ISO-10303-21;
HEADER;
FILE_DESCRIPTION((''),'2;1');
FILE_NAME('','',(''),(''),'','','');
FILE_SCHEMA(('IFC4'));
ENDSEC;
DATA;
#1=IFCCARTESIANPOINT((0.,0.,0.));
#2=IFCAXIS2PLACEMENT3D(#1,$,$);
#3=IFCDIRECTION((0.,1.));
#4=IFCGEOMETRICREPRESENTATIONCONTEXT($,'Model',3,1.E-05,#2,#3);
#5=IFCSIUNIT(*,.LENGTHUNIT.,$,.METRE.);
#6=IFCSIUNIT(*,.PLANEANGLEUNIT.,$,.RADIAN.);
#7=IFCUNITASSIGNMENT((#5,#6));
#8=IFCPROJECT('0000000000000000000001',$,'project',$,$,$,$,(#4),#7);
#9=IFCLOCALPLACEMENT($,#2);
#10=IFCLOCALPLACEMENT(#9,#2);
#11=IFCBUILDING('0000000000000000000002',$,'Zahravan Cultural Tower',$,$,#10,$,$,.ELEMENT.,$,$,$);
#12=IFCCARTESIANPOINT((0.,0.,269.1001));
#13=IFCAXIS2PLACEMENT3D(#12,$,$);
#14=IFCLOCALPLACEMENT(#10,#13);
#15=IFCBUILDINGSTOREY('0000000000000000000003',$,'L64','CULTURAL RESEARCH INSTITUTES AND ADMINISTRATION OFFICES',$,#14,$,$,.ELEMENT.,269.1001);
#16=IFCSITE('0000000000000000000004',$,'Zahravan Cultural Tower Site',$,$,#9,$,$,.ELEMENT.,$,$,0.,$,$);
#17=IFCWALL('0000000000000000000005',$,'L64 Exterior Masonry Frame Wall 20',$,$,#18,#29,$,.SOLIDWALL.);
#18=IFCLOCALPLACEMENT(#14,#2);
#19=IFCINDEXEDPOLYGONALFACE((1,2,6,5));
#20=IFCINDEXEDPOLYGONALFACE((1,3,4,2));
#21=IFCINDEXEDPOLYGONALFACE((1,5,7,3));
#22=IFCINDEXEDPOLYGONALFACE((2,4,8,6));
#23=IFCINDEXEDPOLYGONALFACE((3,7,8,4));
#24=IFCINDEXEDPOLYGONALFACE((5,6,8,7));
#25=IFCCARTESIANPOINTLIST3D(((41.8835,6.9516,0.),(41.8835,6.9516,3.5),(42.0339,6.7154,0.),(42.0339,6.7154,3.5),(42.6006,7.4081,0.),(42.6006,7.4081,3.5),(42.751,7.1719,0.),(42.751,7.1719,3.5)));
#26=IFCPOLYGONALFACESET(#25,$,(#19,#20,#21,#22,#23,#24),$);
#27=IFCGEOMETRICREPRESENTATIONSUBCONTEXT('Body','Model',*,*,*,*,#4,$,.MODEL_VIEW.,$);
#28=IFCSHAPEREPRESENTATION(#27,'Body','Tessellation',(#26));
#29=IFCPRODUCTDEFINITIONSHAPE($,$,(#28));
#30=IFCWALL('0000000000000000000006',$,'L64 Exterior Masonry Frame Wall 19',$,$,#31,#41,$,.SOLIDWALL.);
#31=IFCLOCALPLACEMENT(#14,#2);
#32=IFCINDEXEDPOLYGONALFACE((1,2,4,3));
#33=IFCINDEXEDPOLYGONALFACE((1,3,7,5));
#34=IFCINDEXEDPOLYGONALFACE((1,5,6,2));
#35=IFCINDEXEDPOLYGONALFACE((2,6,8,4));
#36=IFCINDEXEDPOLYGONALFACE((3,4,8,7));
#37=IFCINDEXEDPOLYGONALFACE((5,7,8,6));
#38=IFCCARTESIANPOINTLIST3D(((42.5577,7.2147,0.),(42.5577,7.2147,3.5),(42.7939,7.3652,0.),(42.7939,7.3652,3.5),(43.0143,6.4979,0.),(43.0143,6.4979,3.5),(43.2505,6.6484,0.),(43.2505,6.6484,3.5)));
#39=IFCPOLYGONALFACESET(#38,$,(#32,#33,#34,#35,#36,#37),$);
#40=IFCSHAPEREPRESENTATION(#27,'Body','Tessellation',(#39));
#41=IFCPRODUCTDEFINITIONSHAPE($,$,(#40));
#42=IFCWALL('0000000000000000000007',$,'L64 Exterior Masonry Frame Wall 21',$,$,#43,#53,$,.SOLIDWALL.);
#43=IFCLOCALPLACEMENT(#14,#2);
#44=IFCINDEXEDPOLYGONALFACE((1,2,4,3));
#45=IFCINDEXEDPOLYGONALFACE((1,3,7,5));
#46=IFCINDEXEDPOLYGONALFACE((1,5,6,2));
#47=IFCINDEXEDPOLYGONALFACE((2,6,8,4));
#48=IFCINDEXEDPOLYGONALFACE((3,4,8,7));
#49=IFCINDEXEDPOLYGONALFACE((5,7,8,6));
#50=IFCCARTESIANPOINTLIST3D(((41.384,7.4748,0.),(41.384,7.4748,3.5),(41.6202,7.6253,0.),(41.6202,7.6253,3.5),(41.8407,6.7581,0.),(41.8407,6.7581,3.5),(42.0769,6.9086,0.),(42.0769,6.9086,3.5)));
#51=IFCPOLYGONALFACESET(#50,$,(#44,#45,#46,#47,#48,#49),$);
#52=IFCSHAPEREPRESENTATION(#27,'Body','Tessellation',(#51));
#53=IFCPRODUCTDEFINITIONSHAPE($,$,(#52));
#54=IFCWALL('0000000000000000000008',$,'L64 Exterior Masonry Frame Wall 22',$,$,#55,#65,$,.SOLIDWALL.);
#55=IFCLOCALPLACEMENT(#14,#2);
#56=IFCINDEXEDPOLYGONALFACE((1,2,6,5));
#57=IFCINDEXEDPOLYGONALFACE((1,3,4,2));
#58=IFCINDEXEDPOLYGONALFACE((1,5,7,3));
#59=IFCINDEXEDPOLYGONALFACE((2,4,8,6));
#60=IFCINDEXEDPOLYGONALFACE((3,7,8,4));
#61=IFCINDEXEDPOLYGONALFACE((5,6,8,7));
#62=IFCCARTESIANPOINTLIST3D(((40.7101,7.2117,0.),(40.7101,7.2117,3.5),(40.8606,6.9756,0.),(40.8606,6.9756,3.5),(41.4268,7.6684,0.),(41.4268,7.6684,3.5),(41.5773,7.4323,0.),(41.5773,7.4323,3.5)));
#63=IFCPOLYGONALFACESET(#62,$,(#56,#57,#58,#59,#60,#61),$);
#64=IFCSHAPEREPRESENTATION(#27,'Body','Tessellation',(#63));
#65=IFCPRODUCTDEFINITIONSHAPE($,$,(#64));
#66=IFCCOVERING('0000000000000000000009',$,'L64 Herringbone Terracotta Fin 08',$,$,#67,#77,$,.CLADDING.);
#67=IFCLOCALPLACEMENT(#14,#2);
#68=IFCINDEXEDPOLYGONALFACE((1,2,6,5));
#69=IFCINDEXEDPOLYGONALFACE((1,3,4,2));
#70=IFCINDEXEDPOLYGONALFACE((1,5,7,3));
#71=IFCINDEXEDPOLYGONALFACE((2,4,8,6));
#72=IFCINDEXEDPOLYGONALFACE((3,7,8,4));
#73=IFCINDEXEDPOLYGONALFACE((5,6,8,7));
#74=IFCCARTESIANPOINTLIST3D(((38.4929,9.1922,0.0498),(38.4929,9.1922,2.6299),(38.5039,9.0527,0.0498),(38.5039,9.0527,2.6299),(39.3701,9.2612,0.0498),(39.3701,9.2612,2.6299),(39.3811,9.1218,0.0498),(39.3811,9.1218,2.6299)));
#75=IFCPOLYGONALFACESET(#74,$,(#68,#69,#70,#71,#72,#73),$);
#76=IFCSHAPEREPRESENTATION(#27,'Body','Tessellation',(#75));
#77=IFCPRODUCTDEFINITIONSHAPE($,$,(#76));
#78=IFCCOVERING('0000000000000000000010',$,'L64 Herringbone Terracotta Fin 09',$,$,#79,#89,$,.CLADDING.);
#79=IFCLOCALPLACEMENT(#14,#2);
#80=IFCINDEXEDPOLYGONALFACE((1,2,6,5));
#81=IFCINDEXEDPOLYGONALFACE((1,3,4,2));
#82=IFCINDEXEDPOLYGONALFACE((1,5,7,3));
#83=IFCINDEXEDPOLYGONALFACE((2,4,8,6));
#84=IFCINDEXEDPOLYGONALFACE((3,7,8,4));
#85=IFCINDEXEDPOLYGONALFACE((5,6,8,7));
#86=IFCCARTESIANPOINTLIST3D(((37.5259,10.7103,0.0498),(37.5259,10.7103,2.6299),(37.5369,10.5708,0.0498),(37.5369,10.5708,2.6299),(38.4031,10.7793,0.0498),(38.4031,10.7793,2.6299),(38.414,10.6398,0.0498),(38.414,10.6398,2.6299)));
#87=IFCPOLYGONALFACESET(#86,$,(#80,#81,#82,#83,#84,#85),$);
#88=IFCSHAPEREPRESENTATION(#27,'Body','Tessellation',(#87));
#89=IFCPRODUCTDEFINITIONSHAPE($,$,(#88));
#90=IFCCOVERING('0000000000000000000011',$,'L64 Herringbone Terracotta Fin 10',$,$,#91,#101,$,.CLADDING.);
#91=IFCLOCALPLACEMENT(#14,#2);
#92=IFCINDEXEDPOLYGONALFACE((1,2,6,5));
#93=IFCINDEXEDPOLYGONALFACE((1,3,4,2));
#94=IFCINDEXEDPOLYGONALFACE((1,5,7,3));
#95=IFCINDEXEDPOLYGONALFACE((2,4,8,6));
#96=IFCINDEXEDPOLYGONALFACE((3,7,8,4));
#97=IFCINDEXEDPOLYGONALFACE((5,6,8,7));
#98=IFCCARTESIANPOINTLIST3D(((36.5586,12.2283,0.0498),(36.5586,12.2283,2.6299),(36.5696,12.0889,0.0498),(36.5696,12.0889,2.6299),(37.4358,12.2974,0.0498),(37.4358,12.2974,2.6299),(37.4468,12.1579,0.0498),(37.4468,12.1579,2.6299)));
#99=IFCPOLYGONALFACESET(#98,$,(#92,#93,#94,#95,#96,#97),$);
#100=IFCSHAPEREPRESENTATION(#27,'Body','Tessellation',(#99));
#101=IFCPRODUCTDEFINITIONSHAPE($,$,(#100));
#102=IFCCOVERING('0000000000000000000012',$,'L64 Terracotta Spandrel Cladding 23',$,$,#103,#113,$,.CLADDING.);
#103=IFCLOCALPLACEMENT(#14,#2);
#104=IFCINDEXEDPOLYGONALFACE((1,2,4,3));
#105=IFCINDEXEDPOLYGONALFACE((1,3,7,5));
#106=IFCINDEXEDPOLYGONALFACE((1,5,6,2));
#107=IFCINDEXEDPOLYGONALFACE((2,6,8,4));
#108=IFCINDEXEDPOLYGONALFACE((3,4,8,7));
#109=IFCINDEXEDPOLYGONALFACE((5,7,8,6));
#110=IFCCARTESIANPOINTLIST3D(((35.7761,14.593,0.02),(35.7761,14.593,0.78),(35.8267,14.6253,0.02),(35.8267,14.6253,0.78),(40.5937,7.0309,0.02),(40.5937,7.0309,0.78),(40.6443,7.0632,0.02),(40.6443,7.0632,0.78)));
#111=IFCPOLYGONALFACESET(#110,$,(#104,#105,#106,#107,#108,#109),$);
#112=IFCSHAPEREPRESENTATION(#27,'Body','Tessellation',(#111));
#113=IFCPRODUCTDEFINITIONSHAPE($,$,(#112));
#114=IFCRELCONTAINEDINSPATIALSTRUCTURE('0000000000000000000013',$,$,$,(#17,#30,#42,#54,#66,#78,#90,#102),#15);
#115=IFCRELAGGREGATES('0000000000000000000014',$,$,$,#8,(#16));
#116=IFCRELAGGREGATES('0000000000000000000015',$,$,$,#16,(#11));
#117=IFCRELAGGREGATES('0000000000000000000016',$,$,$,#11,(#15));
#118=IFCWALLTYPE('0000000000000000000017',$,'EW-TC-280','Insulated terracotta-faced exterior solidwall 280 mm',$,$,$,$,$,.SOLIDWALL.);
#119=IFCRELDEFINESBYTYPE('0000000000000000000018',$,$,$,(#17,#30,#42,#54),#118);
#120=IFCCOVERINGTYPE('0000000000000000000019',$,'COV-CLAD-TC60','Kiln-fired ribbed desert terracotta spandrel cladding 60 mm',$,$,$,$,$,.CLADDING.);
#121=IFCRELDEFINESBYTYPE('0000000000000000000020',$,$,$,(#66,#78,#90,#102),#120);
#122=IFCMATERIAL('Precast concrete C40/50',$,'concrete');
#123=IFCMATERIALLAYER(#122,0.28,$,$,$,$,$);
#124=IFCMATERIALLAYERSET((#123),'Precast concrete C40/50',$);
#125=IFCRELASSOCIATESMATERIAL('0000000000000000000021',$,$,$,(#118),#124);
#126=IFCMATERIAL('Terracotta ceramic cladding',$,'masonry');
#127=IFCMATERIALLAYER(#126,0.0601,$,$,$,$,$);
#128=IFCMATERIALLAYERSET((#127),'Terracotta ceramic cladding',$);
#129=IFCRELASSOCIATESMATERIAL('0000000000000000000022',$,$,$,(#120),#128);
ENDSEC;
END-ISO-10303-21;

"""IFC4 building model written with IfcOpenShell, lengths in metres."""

from ifc_helpers import new_model, si_unit, direction, frame, frame_2d, origin, origin_2d, place, context, subcontext, project, spatial, rectangle, extrude, source, transform, mapped, material, layer, layer_set, type_object, element, save


model = new_model("IFC4")

# Units and contexts
model_context = context("Model", 3, precision=1e-05, world=origin(), true_north=direction((0.0, 1.0)))
body_context = subcontext(model_context, "Body", "Model", "MODEL_VIEW")
ifc_project = project(units=[si_unit("LENGTHUNIT", "METRE"), si_unit("PLANEANGLEUNIT", "RADIAN")], contexts=[model_context])

# Site, building, storey
site_placement = place(None, origin())
site = spatial("IfcSite", under=ifc_project, at=site_placement, Name="Zahravan Cultural Tower Site", CompositionType="ELEMENT", RefElevation=0.0)
building_placement = place(site_placement, origin())
building = spatial("IfcBuilding", under=site, at=building_placement, Name="Zahravan Cultural Tower", CompositionType="ELEMENT")
storey_placement = place(building_placement, frame((0.0, 0.0, 269.1001)))
storey = spatial("IfcBuildingStorey", under=building, at=storey_placement, Name="L64", Description="CULTURAL RESEARCH INSTITUTES AND ADMINISTRATION OFFICES", CompositionType="ELEMENT", Elevation=269.1001)

# Shared definitions
ifc_material_1 = material(Name="Precast concrete C40/50", Category="concrete")
ifc_layer_1 = layer(ifc_material_1, 0.28)
ifc_layer_set_1 = layer_set([ifc_layer_1], Name="Precast concrete C40/50")
wall_type_1 = type_object("IfcWallType", Name="EW-TC-280", Description="Insulated terracotta-faced exterior solidwall 280 mm", PredefinedType="SOLIDWALL", material=ifc_layer_set_1)

# Walls
shared_shape_1 = source(origin(), body_context, "Body", "SweptSolid", [
    extrude(rectangle(XDim=0.8501, YDim=0.28, at=frame_2d((0.425, 0.0))), origin(), (0.0, 0.0, 1.0), 3.5),
])
wall_1_placement = place(storey_placement, frame((42.6758, 7.29, 0.0), z_axis=(0.0, 0.0, 1.0), x_axis=(-0.843531, -0.53708, 0.0)))
element("IfcWall", 1, at=wall_1_placement, inside=storey, type_object=wall_type_1, Name="L64 Exterior Masonry Frame Wall 20", PredefinedType="SOLIDWALL", context=body_context, shape_type="MappedRepresentation", body=[
    mapped(shared_shape_1, transform((0.0, 0.0, 0.0), x_axis=(1.0, 0.0, 0.0), y_axis=(0.0, 1.0, 0.0), z_axis=(0.0, 0.0, 1.0), scale=1.0)),
])
shared_shape_2 = source(origin(), body_context, "Body", "SweptSolid", [
    extrude(rectangle(XDim=0.8499, YDim=0.28, at=frame_2d((0.4248, 0.0))), origin(), (0.0, 0.0, 1.0), 3.5),
])
for number, where, z_axis, x_axis, name in (
    (2, (43.1323, 6.5732, 0.0), (0.0, 0.0, 1.0), (-0.53721, 0.843448, 0.0), "L64 Exterior Masonry Frame Wall 19"),
    (3, (41.9587, 6.8335, 0.0), (0.0, 0.0, 1.0), (-0.537414, 0.843318, 0.0), "L64 Exterior Masonry Frame Wall 21"),
    (4, (41.502, 7.5503, 0.0), (0.0, 0.0, 1.0), (-0.843318, -0.537414, 0.0), "L64 Exterior Masonry Frame Wall 22"),
):
    element("IfcWall", number, at=place(storey_placement, frame(where, z_axis=z_axis, x_axis=x_axis)), inside=storey, type_object=wall_type_1, Name=name, PredefinedType="SOLIDWALL", context=body_context, shape_type="MappedRepresentation", body=[
        mapped(shared_shape_2, transform((0.0, 0.0, 0.0), x_axis=(1.0, 0.0, 0.0), y_axis=(0.0, 1.0, 0.0), z_axis=(0.0, 0.0, 1.0), scale=1.0)),
    ])

# Coverings
ifc_material_2 = material(Name="Terracotta ceramic cladding", Category="masonry")
ifc_layer_2 = layer(ifc_material_2, 0.0601)
ifc_layer_set_2 = layer_set([ifc_layer_2], Name="Terracotta ceramic cladding")
covering_type = type_object("IfcCoveringType", Name="COV-CLAD-TC60", Description="Kiln-fired ribbed desert terracotta spandrel cladding 60 mm", PredefinedType="CLADDING", material=ifc_layer_set_2)
shared_shape_3 = source(origin(), body_context, "Body", "SweptSolid", [
    extrude(rectangle(XDim=0.8799, YDim=0.1399, at=origin_2d()), origin(), (0.0, 0.0, 1.0), 2.5801),
])
for number, where, z_axis, x_axis, name in (
    (5, (38.937, 9.157, 0.0498), (0.0, 0.0, 1.0), (-0.996917, -0.078459, 0.0), "L64 Herringbone Terracotta Fin 08"),
    (6, (37.97, 10.675, 0.0498), (0.0, 0.0, 1.0), (-0.996917, -0.078459, 0.0), "L64 Herringbone Terracotta Fin 09"),
    (7, (37.0027, 12.1931, 0.0498), (0.0, 0.0, 1.0), (-0.996917, -0.078459, 0.0), "L64 Herringbone Terracotta Fin 10"),
):
    element("IfcCovering", number, at=place(storey_placement, frame(where, z_axis=z_axis, x_axis=x_axis)), inside=storey, type_object=covering_type, Name=name, PredefinedType="CLADDING", context=body_context, shape_type="MappedRepresentation", body=[
        mapped(shared_shape_3, transform((0.0, 0.0, 0.0), x_axis=(1.0, 0.0, 0.0), y_axis=(0.0, 1.0, 0.0), z_axis=(0.0, 0.0, 1.0), scale=1.0)),
    ])
shared_shape_4 = source(origin(), body_context, "Body", "SweptSolid", [
    extrude(rectangle(XDim=8.9663, YDim=0.0601, at=origin_2d()), origin(), (0.0, 0.0, 1.0), 0.76),
])
covering_placement = place(storey_placement, frame((38.2102, 10.8281, 0.02), z_axis=(0.0, 0.0, 1.0), x_axis=(-0.5373, 0.843391, 0.0)))
element("IfcCovering", 8, at=covering_placement, inside=storey, type_object=covering_type, Name="L64 Terracotta Spandrel Cladding 23", PredefinedType="CLADDING", context=body_context, shape_type="MappedRepresentation", body=[
    mapped(shared_shape_4, transform((0.0, 0.0, 0.0), x_axis=(1.0, 0.0, 0.0), y_axis=(0.0, 1.0, 0.0), z_axis=(0.0, 0.0, 1.0), scale=1.0)),
])

save(model, "model.ifc")
